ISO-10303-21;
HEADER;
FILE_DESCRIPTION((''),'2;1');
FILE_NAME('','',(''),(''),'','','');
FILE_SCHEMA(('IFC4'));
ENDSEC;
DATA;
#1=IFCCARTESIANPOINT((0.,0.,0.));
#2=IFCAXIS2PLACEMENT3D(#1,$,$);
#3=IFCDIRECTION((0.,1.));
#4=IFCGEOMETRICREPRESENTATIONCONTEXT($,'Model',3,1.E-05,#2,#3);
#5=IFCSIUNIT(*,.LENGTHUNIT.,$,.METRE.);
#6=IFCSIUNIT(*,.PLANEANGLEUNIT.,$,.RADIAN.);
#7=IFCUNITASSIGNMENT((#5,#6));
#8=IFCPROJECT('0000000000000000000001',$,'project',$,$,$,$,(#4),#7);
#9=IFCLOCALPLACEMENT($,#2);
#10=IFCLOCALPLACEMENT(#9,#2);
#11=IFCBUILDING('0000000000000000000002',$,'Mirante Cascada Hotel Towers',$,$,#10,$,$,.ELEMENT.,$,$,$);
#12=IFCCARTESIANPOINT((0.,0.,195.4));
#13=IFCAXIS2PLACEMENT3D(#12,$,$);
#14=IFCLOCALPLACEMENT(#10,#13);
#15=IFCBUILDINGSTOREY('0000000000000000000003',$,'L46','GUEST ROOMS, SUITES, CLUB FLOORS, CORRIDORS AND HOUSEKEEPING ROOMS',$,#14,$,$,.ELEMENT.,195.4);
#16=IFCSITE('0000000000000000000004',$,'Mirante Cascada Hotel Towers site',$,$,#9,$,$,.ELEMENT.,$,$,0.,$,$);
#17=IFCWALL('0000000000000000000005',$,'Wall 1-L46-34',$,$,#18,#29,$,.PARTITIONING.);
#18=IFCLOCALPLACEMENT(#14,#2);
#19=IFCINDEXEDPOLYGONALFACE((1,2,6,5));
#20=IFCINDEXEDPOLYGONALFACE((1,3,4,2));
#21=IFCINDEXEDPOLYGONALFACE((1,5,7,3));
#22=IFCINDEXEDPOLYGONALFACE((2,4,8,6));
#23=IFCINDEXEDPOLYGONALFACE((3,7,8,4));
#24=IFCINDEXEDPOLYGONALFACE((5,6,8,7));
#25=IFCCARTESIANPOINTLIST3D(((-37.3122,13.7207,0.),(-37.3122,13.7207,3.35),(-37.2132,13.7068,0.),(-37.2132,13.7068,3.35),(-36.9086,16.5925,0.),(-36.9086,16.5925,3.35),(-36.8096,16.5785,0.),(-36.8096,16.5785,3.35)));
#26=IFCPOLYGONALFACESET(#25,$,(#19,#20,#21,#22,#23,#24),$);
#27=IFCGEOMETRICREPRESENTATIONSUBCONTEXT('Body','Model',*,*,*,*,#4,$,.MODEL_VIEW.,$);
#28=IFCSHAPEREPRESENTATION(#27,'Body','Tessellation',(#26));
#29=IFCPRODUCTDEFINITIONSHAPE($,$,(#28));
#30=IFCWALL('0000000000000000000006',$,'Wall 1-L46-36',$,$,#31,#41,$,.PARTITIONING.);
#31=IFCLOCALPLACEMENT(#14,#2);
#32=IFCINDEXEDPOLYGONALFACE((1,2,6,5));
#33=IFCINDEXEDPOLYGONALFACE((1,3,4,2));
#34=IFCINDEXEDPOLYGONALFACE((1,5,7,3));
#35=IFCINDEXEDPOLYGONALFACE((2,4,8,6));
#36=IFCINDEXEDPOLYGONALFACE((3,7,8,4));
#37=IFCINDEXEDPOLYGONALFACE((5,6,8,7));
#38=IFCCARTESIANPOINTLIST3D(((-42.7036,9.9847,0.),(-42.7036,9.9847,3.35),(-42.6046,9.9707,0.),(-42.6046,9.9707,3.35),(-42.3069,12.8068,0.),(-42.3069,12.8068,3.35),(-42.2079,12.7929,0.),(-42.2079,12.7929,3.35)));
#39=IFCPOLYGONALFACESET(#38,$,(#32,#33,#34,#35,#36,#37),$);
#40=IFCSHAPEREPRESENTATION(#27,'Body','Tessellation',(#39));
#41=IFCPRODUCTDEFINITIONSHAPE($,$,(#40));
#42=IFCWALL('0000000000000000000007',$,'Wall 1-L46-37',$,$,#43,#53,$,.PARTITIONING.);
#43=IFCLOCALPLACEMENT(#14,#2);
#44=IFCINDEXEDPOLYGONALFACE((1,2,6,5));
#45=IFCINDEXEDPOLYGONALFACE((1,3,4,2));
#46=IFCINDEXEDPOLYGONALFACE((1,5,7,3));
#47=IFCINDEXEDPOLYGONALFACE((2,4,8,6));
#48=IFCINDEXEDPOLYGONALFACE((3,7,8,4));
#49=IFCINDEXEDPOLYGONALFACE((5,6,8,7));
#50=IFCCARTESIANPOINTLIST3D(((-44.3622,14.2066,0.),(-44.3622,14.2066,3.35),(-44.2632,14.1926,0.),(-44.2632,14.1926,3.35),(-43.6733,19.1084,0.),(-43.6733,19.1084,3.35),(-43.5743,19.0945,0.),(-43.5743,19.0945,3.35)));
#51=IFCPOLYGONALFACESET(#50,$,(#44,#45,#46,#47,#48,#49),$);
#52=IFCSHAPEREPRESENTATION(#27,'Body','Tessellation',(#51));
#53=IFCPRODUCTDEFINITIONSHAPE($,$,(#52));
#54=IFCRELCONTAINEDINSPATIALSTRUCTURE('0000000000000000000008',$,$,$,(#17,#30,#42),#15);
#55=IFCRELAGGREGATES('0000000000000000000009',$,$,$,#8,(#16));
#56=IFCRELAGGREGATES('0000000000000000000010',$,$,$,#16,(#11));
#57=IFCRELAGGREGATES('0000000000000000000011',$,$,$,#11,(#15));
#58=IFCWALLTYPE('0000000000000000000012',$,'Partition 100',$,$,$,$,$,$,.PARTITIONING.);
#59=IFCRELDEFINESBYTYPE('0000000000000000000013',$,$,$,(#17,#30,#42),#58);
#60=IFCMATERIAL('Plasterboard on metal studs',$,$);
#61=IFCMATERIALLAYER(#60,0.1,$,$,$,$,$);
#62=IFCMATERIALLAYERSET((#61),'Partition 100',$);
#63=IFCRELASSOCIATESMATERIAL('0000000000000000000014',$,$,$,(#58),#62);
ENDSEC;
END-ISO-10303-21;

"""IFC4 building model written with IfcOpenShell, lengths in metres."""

from ifc_helpers import new_model, si_unit, direction, frame, frame_2d, origin, place, context, subcontext, project, spatial, rectangle, extrude, material, layer, layer_set, type_object, element, save


model = new_model("IFC4")

# Units and contexts
model_context = context("Model", 3, precision=1e-05, world=origin(), true_north=direction((0.0, 1.0)))
body_context = subcontext(model_context, "Body", "Model", "MODEL_VIEW")
ifc_project = project(units=[si_unit("LENGTHUNIT", "METRE"), si_unit("PLANEANGLEUNIT", "RADIAN")], contexts=[model_context])

# Site, building, storey
site_placement = place(None, origin())
site = spatial("IfcSite", under=ifc_project, at=site_placement, Name="Mirante Cascada Hotel Towers site", CompositionType="ELEMENT", RefElevation=0.0)
building_placement = place(site_placement, origin())
building = spatial("IfcBuilding", under=site, at=building_placement, Name="Mirante Cascada Hotel Towers", CompositionType="ELEMENT")
storey_placement = place(building_placement, frame((0.0, 0.0, 195.4)))
storey = spatial("IfcBuildingStorey", under=building, at=storey_placement, Name="L46", Description="GUEST ROOMS, SUITES, CLUB FLOORS, CORRIDORS AND HOUSEKEEPING ROOMS", CompositionType="ELEMENT", Elevation=195.4)

# Shared definitions
ifc_material_1 = material(Name="Plasterboard on metal studs")
ifc_layer_1 = layer(ifc_material_1, 0.1)
ifc_layer_set_1 = layer_set([ifc_layer_1], Name="Partition 100")
wall_type_1 = type_object("IfcWallType", Name="Partition 100", PredefinedType="PARTITIONING", material=ifc_layer_set_1)

# Walls
wall_1_placement = place(storey_placement, frame((-36.8591, 16.5855, 0.0), z_axis=(0.0, 0.0, 1.0), x_axis=(-0.139171, -0.990268, 0.0)))
element("IfcWall", 1, at=wall_1_placement, inside=storey, type_object=wall_type_1, Name="Wall 1-L46-34", PredefinedType="PARTITIONING", context=body_context, shape_type="SweptSolid", body=[
    extrude(rectangle(XDim=2.9, YDim=0.1, at=frame_2d((1.45, 0.0))), origin(), (0.0, 0.0, 1.0), 3.35),
])
wall_2_placement = place(storey_placement, frame((-42.2574, 12.7999, 0.0), z_axis=(0.0, 0.0, 1.0), x_axis=(-0.139196, -0.990265, 0.0)))
element("IfcWall", 2, at=wall_2_placement, inside=storey, type_object=wall_type_1, Name="Wall 1-L46-36", PredefinedType="PARTITIONING", context=body_context, shape_type="SweptSolid", body=[
    extrude(rectangle(XDim=2.8499, YDim=0.1, at=frame_2d((1.425, 0.0))), origin(), (0.0, 0.0, 1.0), 3.35),
])
wall_3_placement = place(storey_placement, frame((-44.3127, 14.1996, 0.0), z_axis=(0.0, 0.0, 1.0), x_axis=(0.139173, 0.990268, 0.0)))
element("IfcWall", 3, at=wall_3_placement, inside=storey, type_object=wall_type_1, Name="Wall 1-L46-37", PredefinedType="PARTITIONING", context=body_context, shape_type="SweptSolid", body=[
    extrude(rectangle(XDim=4.95, YDim=0.1, at=frame_2d((2.475, 0.0))), origin(), (0.0, 0.0, 1.0), 3.35),
])

save(model, "model.ifc")
